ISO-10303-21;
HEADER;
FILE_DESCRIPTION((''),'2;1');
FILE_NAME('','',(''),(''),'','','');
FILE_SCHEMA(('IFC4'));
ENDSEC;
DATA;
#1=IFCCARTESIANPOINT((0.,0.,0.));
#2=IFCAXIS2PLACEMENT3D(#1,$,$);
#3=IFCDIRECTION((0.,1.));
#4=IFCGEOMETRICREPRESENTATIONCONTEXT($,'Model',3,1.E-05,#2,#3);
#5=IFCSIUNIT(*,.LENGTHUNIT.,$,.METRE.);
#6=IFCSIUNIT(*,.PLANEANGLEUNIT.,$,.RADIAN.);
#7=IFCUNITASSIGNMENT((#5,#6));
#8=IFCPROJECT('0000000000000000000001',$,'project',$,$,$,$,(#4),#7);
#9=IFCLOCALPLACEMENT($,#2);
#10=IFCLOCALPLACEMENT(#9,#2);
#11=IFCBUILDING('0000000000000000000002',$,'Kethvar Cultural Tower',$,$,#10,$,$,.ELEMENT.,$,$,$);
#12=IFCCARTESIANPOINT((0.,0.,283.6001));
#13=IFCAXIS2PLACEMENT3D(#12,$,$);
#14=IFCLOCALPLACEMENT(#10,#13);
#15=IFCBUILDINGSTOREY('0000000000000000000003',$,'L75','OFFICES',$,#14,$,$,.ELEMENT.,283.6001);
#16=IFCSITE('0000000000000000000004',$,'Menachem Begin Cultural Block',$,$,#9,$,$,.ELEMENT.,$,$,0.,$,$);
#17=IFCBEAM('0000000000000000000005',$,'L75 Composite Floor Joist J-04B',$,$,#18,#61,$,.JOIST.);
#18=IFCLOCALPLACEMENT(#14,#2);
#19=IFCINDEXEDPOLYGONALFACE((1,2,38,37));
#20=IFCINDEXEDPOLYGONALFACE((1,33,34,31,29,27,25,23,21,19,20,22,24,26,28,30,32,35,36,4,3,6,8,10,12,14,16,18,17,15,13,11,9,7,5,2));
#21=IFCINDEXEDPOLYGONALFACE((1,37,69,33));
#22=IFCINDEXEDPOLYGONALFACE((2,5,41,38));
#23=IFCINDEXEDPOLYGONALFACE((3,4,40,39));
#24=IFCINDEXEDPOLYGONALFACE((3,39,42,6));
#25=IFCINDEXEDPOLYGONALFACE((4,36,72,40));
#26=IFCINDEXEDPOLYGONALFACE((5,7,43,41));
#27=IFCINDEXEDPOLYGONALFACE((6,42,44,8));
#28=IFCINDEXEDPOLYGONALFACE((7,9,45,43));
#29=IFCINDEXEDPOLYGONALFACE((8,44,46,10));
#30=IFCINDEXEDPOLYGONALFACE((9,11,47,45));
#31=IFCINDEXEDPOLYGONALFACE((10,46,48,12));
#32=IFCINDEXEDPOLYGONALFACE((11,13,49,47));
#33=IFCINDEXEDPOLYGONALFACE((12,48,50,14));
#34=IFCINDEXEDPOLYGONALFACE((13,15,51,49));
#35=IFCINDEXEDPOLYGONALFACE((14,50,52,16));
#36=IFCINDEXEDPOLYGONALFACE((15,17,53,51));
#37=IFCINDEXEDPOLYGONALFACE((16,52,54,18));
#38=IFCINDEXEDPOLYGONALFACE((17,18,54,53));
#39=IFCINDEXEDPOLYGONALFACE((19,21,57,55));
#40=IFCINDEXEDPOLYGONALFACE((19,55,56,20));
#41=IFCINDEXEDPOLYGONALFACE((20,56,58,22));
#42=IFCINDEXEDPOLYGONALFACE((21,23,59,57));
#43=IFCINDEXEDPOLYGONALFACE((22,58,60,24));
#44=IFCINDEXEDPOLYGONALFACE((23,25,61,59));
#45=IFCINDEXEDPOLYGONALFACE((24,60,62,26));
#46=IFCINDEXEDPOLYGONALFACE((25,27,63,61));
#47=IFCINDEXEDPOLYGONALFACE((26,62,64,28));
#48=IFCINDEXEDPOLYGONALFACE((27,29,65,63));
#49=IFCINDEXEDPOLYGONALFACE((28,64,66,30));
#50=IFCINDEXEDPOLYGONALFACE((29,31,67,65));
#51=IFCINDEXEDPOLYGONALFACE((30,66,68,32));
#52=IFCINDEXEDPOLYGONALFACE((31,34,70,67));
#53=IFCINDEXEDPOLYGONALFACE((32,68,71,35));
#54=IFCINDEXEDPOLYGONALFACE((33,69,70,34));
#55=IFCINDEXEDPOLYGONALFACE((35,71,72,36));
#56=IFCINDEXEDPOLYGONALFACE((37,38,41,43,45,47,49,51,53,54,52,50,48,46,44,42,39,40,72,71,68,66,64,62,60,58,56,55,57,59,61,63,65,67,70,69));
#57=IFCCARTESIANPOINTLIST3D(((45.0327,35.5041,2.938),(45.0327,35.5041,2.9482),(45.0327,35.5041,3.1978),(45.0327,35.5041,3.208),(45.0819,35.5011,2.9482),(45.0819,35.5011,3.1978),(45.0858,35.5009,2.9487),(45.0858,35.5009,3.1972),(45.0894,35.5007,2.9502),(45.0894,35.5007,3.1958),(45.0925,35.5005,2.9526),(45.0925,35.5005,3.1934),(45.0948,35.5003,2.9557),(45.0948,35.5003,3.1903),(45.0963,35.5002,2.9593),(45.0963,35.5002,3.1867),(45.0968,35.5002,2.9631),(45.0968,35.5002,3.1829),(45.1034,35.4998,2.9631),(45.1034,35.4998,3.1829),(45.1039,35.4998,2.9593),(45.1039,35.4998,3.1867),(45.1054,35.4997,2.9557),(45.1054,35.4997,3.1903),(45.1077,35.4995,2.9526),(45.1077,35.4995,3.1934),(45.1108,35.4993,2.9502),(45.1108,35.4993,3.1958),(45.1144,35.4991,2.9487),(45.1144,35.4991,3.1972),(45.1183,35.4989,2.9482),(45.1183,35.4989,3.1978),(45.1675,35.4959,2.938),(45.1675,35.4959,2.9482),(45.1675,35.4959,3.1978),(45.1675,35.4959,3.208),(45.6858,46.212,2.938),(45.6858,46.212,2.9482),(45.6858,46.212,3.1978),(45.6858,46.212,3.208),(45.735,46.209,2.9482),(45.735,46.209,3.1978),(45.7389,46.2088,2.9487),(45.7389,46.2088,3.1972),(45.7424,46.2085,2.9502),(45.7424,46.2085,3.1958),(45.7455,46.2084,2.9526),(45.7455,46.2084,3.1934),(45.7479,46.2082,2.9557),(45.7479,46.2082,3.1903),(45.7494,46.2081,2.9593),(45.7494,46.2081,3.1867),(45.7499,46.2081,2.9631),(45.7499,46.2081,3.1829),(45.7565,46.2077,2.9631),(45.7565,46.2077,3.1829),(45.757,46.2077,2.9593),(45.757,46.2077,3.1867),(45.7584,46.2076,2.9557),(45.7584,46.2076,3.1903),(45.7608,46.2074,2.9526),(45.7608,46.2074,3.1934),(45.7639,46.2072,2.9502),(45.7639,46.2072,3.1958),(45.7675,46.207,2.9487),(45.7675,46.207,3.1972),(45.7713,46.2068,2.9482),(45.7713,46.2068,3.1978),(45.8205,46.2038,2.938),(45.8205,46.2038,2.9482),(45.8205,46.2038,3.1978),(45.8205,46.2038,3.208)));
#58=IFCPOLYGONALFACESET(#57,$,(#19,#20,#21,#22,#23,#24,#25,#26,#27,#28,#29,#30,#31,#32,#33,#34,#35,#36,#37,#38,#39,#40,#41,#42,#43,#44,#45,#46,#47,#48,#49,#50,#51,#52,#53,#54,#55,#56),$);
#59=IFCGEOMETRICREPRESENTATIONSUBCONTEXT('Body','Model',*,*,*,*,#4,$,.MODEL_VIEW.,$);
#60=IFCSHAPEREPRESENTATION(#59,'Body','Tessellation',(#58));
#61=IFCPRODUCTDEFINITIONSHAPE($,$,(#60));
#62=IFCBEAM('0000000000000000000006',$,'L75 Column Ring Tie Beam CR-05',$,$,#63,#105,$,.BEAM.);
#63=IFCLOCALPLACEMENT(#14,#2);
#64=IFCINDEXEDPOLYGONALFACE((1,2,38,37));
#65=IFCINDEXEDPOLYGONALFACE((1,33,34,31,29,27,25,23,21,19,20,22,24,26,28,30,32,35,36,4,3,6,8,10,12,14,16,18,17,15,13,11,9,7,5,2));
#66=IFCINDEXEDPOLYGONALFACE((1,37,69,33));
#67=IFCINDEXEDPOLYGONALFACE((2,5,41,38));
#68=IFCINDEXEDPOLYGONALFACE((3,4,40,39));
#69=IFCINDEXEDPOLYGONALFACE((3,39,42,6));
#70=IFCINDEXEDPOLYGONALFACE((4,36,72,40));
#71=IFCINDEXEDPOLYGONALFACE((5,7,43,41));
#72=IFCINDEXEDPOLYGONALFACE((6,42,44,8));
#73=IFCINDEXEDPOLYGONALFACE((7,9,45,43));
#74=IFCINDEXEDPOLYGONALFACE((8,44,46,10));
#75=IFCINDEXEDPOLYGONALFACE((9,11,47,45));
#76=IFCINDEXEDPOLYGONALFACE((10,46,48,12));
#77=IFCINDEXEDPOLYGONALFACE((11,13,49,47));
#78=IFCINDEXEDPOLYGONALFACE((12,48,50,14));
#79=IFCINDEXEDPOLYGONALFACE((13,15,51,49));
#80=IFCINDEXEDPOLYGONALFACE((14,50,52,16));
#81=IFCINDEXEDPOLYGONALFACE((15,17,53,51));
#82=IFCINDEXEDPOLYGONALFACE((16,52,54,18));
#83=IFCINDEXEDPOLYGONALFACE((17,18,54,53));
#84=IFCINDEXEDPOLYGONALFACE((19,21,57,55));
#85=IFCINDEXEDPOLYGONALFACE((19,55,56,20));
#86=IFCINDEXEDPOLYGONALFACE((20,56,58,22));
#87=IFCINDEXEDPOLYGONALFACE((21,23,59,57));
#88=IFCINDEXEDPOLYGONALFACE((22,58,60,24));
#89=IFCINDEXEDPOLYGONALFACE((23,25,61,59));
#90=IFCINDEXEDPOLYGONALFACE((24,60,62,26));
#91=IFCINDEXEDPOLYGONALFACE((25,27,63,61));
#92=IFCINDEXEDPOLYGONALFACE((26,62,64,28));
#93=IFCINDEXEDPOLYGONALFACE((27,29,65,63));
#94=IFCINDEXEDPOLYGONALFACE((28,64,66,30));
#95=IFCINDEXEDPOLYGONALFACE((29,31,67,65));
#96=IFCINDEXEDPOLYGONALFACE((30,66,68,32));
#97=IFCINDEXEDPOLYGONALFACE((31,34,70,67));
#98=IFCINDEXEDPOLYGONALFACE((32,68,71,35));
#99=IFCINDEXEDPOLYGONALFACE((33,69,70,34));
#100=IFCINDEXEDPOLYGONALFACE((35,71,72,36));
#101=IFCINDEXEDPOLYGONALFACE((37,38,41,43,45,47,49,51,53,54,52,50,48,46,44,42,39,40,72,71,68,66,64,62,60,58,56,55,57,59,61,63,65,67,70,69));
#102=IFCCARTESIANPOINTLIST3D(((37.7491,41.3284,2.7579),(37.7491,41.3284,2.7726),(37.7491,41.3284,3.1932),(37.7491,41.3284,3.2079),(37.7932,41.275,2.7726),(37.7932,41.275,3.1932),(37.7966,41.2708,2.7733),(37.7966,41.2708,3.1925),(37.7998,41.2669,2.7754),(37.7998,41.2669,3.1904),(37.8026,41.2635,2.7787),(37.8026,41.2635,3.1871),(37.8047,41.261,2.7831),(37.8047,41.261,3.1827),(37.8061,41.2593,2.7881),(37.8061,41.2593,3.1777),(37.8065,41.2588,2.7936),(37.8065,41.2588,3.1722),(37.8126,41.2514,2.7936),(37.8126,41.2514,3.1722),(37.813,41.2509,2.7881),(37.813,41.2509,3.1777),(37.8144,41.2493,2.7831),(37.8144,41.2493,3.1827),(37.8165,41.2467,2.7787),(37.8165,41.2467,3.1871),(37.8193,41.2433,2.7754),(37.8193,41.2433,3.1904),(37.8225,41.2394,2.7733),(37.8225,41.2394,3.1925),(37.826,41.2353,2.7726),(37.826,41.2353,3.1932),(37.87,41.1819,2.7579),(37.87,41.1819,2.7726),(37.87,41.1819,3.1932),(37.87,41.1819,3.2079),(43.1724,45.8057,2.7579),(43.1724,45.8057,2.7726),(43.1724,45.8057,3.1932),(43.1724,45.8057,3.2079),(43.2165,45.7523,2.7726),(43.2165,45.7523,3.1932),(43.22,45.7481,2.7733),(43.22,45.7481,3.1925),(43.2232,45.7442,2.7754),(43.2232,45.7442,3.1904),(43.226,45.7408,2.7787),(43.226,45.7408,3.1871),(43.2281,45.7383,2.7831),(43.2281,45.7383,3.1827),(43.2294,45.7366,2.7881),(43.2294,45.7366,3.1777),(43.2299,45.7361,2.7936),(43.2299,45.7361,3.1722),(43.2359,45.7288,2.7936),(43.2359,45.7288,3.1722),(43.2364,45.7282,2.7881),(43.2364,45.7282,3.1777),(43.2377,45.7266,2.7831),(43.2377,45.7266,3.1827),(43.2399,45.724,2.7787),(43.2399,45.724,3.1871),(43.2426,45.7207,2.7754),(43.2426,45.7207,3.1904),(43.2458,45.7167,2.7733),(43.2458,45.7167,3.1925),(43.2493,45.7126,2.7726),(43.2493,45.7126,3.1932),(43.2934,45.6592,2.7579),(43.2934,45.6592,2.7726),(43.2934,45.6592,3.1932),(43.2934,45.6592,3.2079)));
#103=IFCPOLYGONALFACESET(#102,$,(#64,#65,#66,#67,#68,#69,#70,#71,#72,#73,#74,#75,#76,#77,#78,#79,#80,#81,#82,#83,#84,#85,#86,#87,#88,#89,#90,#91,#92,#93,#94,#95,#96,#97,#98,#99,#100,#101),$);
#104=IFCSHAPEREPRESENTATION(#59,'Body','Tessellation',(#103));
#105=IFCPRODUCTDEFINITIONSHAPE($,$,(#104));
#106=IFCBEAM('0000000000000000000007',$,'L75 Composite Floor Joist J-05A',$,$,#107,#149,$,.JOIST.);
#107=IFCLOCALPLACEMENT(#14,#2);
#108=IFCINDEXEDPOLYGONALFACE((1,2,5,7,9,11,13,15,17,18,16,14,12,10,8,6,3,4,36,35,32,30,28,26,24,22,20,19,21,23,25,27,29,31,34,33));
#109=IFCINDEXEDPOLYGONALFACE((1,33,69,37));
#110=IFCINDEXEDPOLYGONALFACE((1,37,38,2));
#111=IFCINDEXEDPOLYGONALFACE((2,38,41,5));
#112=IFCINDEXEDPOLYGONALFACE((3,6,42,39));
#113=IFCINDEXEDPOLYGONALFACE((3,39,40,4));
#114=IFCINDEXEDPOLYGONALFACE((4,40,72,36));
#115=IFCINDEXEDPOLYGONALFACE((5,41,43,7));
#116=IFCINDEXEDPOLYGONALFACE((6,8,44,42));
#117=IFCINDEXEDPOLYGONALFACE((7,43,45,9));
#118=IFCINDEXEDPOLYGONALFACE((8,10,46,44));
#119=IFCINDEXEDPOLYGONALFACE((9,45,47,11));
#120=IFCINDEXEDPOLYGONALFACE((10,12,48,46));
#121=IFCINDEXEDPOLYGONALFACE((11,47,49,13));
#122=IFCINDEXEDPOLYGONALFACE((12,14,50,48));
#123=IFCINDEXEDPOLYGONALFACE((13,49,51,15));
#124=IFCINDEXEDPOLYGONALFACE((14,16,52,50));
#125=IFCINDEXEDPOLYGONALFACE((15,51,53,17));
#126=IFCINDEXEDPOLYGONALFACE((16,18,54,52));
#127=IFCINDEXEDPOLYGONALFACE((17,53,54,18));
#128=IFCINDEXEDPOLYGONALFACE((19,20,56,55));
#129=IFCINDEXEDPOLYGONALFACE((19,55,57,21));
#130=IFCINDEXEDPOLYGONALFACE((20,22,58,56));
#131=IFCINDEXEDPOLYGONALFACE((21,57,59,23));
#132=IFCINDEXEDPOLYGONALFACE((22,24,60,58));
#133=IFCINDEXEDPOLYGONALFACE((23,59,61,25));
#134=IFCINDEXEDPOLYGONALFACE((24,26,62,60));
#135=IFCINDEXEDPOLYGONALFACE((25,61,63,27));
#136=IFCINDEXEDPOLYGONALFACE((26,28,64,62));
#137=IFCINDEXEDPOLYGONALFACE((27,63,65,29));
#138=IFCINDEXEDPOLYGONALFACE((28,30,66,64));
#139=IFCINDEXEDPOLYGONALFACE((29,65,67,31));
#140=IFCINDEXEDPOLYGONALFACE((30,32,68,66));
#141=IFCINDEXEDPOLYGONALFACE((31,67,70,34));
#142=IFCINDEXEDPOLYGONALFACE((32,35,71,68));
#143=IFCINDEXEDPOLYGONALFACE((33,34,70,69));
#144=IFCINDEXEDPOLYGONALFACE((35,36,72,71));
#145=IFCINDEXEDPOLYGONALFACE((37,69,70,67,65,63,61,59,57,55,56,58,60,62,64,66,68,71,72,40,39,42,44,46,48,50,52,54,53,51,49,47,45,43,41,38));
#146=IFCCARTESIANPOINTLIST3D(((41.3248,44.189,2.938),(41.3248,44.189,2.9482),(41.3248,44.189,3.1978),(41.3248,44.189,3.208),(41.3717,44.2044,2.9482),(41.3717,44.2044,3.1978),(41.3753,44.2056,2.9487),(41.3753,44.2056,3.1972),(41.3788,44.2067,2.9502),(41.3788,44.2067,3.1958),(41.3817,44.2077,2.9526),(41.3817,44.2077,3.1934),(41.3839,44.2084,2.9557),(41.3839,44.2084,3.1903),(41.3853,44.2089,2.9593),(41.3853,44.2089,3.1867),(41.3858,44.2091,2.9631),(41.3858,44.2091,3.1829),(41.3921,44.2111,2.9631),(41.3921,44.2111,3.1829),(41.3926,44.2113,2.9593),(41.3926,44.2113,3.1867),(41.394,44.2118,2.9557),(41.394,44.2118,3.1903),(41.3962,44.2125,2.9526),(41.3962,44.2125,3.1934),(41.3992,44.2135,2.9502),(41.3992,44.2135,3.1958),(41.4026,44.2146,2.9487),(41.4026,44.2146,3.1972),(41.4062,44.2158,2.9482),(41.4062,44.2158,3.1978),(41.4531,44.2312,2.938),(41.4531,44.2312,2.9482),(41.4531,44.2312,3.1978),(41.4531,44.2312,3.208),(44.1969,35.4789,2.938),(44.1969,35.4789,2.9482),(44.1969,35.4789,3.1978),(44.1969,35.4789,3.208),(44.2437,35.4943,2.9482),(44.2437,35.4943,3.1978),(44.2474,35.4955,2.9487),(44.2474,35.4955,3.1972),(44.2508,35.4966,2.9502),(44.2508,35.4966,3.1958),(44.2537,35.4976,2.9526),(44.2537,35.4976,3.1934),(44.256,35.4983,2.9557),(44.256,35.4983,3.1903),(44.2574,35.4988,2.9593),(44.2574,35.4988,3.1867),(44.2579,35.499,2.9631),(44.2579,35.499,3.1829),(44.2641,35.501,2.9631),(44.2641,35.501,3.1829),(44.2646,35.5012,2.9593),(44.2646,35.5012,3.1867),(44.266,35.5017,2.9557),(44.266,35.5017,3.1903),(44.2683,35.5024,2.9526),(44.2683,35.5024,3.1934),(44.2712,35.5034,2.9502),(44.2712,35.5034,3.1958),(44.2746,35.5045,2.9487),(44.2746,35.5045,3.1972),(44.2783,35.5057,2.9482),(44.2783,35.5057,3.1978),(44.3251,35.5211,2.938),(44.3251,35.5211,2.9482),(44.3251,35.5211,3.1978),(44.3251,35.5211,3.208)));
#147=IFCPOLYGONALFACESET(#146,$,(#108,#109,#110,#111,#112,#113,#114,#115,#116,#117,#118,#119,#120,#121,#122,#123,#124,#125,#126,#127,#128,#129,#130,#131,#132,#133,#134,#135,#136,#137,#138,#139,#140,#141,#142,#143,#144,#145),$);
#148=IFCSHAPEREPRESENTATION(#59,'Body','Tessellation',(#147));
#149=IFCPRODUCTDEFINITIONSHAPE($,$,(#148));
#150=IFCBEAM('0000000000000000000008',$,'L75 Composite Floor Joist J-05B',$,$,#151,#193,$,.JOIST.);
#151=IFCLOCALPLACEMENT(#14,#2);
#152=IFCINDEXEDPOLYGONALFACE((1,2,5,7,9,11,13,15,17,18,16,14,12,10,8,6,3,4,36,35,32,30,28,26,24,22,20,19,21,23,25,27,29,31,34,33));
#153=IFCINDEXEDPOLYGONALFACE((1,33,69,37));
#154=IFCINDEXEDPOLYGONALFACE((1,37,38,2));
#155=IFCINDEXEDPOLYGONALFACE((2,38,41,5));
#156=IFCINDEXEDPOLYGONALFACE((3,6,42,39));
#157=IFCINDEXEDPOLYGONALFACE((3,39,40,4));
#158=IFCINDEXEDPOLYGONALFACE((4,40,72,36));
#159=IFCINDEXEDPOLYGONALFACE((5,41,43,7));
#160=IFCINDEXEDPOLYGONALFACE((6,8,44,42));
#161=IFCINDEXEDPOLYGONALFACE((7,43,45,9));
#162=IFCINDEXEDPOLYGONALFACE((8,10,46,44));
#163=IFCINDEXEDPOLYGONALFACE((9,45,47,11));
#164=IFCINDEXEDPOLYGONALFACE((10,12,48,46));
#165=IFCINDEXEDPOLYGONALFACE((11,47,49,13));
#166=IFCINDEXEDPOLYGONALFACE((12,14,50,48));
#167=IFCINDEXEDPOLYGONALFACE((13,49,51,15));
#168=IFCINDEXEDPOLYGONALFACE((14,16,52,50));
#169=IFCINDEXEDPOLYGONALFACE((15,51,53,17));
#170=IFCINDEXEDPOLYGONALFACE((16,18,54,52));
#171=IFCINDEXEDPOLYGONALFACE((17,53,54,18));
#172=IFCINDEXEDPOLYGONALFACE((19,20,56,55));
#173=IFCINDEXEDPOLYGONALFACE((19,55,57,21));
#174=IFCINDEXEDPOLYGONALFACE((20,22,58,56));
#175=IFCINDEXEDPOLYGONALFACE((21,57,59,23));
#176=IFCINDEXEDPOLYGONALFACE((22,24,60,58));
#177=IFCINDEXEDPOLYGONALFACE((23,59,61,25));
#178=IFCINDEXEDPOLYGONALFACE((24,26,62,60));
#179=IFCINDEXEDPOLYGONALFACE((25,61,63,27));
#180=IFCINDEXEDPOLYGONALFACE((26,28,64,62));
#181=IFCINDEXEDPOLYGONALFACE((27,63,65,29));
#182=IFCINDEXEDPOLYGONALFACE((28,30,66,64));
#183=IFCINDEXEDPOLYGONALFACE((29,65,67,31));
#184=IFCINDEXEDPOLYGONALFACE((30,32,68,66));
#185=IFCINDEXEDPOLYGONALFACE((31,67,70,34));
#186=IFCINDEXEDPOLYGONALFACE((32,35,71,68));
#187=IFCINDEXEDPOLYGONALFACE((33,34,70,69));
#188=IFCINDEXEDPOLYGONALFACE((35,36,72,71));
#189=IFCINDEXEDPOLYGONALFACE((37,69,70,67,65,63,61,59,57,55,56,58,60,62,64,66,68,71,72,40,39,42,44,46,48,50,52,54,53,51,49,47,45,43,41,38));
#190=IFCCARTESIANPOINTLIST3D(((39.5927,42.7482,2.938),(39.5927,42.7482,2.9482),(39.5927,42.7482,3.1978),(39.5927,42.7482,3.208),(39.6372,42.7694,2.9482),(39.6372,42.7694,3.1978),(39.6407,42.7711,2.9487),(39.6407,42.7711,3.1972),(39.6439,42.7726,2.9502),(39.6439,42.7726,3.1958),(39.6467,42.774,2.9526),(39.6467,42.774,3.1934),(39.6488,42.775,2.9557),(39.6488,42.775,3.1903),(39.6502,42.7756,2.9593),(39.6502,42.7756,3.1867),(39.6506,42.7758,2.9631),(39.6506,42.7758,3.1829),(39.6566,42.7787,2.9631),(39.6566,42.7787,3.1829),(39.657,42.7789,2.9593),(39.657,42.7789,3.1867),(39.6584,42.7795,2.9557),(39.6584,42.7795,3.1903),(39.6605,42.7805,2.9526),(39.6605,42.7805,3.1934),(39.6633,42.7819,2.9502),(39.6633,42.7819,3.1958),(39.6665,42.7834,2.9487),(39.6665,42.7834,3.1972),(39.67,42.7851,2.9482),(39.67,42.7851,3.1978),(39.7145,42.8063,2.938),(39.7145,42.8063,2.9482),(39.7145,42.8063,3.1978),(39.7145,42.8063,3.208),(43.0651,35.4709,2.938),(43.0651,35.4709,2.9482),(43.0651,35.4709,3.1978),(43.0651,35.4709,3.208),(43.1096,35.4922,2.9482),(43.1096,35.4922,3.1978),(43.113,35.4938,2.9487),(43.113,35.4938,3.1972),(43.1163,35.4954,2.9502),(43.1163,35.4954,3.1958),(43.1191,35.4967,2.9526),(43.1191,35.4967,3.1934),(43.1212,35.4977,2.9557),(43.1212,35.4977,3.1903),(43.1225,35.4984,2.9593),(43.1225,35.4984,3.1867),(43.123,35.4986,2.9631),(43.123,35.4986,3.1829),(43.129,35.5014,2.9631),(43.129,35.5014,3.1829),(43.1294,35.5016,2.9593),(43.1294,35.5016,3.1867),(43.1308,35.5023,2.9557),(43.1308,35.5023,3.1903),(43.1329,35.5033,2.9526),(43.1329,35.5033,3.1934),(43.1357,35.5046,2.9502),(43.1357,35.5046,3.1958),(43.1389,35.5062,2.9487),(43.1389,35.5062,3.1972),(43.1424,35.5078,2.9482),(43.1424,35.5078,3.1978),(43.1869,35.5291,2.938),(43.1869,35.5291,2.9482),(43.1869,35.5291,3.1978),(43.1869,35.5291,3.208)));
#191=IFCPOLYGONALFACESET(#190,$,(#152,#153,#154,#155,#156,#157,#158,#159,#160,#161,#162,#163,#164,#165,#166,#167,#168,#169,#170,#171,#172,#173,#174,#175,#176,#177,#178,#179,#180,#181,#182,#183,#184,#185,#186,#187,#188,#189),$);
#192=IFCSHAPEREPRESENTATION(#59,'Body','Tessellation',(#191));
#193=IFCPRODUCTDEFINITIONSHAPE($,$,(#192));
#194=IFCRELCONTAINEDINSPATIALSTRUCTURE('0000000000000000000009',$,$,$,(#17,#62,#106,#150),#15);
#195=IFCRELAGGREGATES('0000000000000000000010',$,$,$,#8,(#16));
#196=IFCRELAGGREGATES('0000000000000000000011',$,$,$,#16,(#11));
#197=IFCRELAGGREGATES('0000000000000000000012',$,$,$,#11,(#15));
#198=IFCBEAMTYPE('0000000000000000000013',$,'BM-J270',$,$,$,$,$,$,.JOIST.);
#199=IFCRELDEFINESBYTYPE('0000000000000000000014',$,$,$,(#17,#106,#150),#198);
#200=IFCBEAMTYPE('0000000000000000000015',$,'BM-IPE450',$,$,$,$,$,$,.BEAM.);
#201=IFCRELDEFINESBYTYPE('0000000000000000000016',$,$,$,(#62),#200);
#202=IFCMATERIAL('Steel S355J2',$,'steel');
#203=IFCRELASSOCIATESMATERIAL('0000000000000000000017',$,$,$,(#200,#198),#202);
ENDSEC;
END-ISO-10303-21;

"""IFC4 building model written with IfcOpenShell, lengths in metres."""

from ifc_helpers import new_model, si_unit, direction, frame, origin, origin_2d, place, context, subcontext, project, spatial, i_section, extrude, source, transform, mapped, material, material_profile, profile_set, type_object, element, save


model = new_model("IFC4")

# Units and contexts
model_context = context("Model", 3, precision=1e-05, world=origin(), true_north=direction((0.0, 1.0)))
body_context = subcontext(model_context, "Body", "Model", "MODEL_VIEW")
ifc_project = project(units=[si_unit("LENGTHUNIT", "METRE"), si_unit("PLANEANGLEUNIT", "RADIAN")], contexts=[model_context])

# Site, building, storey
site_placement = place(None, origin())
site = spatial("IfcSite", under=ifc_project, at=site_placement, Name="Menachem Begin Cultural Block", CompositionType="ELEMENT", RefElevation=0.0)
building_placement = place(site_placement, origin())
building = spatial("IfcBuilding", under=site, at=building_placement, Name="Kethvar Cultural Tower", CompositionType="ELEMENT")
storey_placement = place(building_placement, frame((0.0, 0.0, 283.6001)))
storey = spatial("IfcBuildingStorey", under=building, at=storey_placement, Name="L75", Description="OFFICES", CompositionType="ELEMENT", Elevation=283.6001)

# Shared definitions
ifc_material_1 = material(Name="Steel S355J2", Category="steel")

# Beams
ifc_material_profile_1 = material_profile(ifc_material_1, i_section(OverallWidth=0.1899, OverallDepth=0.45, WebThickness=0.0095, FlangeThickness=0.0146, FilletRadius=0.021, at=origin_2d()), Name="Steel S355J2 — IPE450")
ifc_profile_set_1 = profile_set([ifc_material_profile_1], Name="Steel S355J2 — IPE450")
beam_type_1 = type_object("IfcBeamType", Name="BM-IPE450", PredefinedType="BEAM", material=ifc_profile_set_1)
ifc_material_profile_2 = material_profile(ifc_material_1, i_section(OverallWidth=0.135, OverallDepth=0.27, WebThickness=0.0066, FlangeThickness=0.0103, FilletRadius=0.0149, at=origin_2d()), Name="Steel S355J2 — IPE270")
ifc_profile_set_2 = profile_set([ifc_material_profile_2], Name="Steel S355J2 — IPE270")
beam_type_2 = type_object("IfcBeamType", Name="BM-J270", PredefinedType="JOIST", material=ifc_profile_set_2)
shared_shape_1 = source(origin(), body_context, "Body", "SweptSolid", [
    extrude(i_section(OverallWidth=0.135, OverallDepth=0.27, WebThickness=0.0066, FlangeThickness=0.0103, FilletRadius=0.0149, at=origin_2d()), origin(), (0.0, 0.0, 1.0), 10.7278),
])
beam_1_placement = place(storey_placement, frame((45.1001, 35.5, 3.073), z_axis=(0.060876, 0.998145, 0.0), x_axis=(-0.998145, 0.060876, 0.0)))
element("IfcBeam", 1, at=beam_1_placement, inside=storey, type_object=beam_type_2, Name="L75 Composite Floor Joist J-04B", PredefinedType="JOIST", context=body_context, shape_type="MappedRepresentation", body=[
    mapped(shared_shape_1, transform((0.0, 0.0, 0.0), scale=1.0)),
])
shared_shape_2 = source(origin(), body_context, "Body", "SweptSolid", [
    extrude(i_section(OverallWidth=0.1899, OverallDepth=0.45, WebThickness=0.0095, FlangeThickness=0.0146, FilletRadius=0.021, at=origin_2d()), origin(), (0.0, 0.0, 1.0), 7.0327),
])
beam_2_placement = place(storey_placement, frame((43.2329, 45.7324, 2.9829), z_axis=(-0.771161, -0.63664, 0.0), x_axis=(0.63664, -0.771161, 0.0)))
element("IfcBeam", 2, at=beam_2_placement, inside=storey, type_object=beam_type_1, Name="L75 Column Ring Tie Beam CR-05", PredefinedType="BEAM", context=body_context, shape_type="MappedRepresentation", body=[
    mapped(shared_shape_2, transform((0.0, 0.0, 0.0), scale=1.0)),
])
shared_shape_3 = source(origin(), body_context, "Body", "SweptSolid", [
    extrude(i_section(OverallWidth=0.135, OverallDepth=0.27, WebThickness=0.0066, FlangeThickness=0.0103, FilletRadius=0.0149, at=origin_2d()), origin(), (0.0, 0.0, 1.0), 9.1714),
])
beam_3_placement = place(storey_placement, frame((44.261, 35.5, 3.073), z_axis=(-0.313152, 0.949703, 0.0), x_axis=(-0.949703, -0.313152, 0.0)))
element("IfcBeam", 3, at=beam_3_placement, inside=storey, type_object=beam_type_2, Name="L75 Composite Floor Joist J-05A", PredefinedType="JOIST", context=body_context, shape_type="MappedRepresentation", body=[
    mapped(shared_shape_3, transform((0.0, 0.0, 0.0), scale=1.0)),
])
shared_shape_4 = source(origin(), body_context, "Body", "SweptSolid", [
    extrude(i_section(OverallWidth=0.135, OverallDepth=0.27, WebThickness=0.0066, FlangeThickness=0.0103, FilletRadius=0.0149, at=origin_2d()), origin(), (0.0, 0.0, 1.0), 8.0632),
])
beam_4_placement = place(storey_placement, frame((43.126, 35.5, 3.073), z_axis=(-0.430642, 0.902523, 0.0), x_axis=(-0.902523, -0.430642, 0.0)))
element("IfcBeam", 4, at=beam_4_placement, inside=storey, type_object=beam_type_2, Name="L75 Composite Floor Joist J-05B", PredefinedType="JOIST", context=body_context, shape_type="MappedRepresentation", body=[
    mapped(shared_shape_4, transform((0.0, 0.0, 0.0), scale=1.0)),
])

save(model, "model.ifc")
